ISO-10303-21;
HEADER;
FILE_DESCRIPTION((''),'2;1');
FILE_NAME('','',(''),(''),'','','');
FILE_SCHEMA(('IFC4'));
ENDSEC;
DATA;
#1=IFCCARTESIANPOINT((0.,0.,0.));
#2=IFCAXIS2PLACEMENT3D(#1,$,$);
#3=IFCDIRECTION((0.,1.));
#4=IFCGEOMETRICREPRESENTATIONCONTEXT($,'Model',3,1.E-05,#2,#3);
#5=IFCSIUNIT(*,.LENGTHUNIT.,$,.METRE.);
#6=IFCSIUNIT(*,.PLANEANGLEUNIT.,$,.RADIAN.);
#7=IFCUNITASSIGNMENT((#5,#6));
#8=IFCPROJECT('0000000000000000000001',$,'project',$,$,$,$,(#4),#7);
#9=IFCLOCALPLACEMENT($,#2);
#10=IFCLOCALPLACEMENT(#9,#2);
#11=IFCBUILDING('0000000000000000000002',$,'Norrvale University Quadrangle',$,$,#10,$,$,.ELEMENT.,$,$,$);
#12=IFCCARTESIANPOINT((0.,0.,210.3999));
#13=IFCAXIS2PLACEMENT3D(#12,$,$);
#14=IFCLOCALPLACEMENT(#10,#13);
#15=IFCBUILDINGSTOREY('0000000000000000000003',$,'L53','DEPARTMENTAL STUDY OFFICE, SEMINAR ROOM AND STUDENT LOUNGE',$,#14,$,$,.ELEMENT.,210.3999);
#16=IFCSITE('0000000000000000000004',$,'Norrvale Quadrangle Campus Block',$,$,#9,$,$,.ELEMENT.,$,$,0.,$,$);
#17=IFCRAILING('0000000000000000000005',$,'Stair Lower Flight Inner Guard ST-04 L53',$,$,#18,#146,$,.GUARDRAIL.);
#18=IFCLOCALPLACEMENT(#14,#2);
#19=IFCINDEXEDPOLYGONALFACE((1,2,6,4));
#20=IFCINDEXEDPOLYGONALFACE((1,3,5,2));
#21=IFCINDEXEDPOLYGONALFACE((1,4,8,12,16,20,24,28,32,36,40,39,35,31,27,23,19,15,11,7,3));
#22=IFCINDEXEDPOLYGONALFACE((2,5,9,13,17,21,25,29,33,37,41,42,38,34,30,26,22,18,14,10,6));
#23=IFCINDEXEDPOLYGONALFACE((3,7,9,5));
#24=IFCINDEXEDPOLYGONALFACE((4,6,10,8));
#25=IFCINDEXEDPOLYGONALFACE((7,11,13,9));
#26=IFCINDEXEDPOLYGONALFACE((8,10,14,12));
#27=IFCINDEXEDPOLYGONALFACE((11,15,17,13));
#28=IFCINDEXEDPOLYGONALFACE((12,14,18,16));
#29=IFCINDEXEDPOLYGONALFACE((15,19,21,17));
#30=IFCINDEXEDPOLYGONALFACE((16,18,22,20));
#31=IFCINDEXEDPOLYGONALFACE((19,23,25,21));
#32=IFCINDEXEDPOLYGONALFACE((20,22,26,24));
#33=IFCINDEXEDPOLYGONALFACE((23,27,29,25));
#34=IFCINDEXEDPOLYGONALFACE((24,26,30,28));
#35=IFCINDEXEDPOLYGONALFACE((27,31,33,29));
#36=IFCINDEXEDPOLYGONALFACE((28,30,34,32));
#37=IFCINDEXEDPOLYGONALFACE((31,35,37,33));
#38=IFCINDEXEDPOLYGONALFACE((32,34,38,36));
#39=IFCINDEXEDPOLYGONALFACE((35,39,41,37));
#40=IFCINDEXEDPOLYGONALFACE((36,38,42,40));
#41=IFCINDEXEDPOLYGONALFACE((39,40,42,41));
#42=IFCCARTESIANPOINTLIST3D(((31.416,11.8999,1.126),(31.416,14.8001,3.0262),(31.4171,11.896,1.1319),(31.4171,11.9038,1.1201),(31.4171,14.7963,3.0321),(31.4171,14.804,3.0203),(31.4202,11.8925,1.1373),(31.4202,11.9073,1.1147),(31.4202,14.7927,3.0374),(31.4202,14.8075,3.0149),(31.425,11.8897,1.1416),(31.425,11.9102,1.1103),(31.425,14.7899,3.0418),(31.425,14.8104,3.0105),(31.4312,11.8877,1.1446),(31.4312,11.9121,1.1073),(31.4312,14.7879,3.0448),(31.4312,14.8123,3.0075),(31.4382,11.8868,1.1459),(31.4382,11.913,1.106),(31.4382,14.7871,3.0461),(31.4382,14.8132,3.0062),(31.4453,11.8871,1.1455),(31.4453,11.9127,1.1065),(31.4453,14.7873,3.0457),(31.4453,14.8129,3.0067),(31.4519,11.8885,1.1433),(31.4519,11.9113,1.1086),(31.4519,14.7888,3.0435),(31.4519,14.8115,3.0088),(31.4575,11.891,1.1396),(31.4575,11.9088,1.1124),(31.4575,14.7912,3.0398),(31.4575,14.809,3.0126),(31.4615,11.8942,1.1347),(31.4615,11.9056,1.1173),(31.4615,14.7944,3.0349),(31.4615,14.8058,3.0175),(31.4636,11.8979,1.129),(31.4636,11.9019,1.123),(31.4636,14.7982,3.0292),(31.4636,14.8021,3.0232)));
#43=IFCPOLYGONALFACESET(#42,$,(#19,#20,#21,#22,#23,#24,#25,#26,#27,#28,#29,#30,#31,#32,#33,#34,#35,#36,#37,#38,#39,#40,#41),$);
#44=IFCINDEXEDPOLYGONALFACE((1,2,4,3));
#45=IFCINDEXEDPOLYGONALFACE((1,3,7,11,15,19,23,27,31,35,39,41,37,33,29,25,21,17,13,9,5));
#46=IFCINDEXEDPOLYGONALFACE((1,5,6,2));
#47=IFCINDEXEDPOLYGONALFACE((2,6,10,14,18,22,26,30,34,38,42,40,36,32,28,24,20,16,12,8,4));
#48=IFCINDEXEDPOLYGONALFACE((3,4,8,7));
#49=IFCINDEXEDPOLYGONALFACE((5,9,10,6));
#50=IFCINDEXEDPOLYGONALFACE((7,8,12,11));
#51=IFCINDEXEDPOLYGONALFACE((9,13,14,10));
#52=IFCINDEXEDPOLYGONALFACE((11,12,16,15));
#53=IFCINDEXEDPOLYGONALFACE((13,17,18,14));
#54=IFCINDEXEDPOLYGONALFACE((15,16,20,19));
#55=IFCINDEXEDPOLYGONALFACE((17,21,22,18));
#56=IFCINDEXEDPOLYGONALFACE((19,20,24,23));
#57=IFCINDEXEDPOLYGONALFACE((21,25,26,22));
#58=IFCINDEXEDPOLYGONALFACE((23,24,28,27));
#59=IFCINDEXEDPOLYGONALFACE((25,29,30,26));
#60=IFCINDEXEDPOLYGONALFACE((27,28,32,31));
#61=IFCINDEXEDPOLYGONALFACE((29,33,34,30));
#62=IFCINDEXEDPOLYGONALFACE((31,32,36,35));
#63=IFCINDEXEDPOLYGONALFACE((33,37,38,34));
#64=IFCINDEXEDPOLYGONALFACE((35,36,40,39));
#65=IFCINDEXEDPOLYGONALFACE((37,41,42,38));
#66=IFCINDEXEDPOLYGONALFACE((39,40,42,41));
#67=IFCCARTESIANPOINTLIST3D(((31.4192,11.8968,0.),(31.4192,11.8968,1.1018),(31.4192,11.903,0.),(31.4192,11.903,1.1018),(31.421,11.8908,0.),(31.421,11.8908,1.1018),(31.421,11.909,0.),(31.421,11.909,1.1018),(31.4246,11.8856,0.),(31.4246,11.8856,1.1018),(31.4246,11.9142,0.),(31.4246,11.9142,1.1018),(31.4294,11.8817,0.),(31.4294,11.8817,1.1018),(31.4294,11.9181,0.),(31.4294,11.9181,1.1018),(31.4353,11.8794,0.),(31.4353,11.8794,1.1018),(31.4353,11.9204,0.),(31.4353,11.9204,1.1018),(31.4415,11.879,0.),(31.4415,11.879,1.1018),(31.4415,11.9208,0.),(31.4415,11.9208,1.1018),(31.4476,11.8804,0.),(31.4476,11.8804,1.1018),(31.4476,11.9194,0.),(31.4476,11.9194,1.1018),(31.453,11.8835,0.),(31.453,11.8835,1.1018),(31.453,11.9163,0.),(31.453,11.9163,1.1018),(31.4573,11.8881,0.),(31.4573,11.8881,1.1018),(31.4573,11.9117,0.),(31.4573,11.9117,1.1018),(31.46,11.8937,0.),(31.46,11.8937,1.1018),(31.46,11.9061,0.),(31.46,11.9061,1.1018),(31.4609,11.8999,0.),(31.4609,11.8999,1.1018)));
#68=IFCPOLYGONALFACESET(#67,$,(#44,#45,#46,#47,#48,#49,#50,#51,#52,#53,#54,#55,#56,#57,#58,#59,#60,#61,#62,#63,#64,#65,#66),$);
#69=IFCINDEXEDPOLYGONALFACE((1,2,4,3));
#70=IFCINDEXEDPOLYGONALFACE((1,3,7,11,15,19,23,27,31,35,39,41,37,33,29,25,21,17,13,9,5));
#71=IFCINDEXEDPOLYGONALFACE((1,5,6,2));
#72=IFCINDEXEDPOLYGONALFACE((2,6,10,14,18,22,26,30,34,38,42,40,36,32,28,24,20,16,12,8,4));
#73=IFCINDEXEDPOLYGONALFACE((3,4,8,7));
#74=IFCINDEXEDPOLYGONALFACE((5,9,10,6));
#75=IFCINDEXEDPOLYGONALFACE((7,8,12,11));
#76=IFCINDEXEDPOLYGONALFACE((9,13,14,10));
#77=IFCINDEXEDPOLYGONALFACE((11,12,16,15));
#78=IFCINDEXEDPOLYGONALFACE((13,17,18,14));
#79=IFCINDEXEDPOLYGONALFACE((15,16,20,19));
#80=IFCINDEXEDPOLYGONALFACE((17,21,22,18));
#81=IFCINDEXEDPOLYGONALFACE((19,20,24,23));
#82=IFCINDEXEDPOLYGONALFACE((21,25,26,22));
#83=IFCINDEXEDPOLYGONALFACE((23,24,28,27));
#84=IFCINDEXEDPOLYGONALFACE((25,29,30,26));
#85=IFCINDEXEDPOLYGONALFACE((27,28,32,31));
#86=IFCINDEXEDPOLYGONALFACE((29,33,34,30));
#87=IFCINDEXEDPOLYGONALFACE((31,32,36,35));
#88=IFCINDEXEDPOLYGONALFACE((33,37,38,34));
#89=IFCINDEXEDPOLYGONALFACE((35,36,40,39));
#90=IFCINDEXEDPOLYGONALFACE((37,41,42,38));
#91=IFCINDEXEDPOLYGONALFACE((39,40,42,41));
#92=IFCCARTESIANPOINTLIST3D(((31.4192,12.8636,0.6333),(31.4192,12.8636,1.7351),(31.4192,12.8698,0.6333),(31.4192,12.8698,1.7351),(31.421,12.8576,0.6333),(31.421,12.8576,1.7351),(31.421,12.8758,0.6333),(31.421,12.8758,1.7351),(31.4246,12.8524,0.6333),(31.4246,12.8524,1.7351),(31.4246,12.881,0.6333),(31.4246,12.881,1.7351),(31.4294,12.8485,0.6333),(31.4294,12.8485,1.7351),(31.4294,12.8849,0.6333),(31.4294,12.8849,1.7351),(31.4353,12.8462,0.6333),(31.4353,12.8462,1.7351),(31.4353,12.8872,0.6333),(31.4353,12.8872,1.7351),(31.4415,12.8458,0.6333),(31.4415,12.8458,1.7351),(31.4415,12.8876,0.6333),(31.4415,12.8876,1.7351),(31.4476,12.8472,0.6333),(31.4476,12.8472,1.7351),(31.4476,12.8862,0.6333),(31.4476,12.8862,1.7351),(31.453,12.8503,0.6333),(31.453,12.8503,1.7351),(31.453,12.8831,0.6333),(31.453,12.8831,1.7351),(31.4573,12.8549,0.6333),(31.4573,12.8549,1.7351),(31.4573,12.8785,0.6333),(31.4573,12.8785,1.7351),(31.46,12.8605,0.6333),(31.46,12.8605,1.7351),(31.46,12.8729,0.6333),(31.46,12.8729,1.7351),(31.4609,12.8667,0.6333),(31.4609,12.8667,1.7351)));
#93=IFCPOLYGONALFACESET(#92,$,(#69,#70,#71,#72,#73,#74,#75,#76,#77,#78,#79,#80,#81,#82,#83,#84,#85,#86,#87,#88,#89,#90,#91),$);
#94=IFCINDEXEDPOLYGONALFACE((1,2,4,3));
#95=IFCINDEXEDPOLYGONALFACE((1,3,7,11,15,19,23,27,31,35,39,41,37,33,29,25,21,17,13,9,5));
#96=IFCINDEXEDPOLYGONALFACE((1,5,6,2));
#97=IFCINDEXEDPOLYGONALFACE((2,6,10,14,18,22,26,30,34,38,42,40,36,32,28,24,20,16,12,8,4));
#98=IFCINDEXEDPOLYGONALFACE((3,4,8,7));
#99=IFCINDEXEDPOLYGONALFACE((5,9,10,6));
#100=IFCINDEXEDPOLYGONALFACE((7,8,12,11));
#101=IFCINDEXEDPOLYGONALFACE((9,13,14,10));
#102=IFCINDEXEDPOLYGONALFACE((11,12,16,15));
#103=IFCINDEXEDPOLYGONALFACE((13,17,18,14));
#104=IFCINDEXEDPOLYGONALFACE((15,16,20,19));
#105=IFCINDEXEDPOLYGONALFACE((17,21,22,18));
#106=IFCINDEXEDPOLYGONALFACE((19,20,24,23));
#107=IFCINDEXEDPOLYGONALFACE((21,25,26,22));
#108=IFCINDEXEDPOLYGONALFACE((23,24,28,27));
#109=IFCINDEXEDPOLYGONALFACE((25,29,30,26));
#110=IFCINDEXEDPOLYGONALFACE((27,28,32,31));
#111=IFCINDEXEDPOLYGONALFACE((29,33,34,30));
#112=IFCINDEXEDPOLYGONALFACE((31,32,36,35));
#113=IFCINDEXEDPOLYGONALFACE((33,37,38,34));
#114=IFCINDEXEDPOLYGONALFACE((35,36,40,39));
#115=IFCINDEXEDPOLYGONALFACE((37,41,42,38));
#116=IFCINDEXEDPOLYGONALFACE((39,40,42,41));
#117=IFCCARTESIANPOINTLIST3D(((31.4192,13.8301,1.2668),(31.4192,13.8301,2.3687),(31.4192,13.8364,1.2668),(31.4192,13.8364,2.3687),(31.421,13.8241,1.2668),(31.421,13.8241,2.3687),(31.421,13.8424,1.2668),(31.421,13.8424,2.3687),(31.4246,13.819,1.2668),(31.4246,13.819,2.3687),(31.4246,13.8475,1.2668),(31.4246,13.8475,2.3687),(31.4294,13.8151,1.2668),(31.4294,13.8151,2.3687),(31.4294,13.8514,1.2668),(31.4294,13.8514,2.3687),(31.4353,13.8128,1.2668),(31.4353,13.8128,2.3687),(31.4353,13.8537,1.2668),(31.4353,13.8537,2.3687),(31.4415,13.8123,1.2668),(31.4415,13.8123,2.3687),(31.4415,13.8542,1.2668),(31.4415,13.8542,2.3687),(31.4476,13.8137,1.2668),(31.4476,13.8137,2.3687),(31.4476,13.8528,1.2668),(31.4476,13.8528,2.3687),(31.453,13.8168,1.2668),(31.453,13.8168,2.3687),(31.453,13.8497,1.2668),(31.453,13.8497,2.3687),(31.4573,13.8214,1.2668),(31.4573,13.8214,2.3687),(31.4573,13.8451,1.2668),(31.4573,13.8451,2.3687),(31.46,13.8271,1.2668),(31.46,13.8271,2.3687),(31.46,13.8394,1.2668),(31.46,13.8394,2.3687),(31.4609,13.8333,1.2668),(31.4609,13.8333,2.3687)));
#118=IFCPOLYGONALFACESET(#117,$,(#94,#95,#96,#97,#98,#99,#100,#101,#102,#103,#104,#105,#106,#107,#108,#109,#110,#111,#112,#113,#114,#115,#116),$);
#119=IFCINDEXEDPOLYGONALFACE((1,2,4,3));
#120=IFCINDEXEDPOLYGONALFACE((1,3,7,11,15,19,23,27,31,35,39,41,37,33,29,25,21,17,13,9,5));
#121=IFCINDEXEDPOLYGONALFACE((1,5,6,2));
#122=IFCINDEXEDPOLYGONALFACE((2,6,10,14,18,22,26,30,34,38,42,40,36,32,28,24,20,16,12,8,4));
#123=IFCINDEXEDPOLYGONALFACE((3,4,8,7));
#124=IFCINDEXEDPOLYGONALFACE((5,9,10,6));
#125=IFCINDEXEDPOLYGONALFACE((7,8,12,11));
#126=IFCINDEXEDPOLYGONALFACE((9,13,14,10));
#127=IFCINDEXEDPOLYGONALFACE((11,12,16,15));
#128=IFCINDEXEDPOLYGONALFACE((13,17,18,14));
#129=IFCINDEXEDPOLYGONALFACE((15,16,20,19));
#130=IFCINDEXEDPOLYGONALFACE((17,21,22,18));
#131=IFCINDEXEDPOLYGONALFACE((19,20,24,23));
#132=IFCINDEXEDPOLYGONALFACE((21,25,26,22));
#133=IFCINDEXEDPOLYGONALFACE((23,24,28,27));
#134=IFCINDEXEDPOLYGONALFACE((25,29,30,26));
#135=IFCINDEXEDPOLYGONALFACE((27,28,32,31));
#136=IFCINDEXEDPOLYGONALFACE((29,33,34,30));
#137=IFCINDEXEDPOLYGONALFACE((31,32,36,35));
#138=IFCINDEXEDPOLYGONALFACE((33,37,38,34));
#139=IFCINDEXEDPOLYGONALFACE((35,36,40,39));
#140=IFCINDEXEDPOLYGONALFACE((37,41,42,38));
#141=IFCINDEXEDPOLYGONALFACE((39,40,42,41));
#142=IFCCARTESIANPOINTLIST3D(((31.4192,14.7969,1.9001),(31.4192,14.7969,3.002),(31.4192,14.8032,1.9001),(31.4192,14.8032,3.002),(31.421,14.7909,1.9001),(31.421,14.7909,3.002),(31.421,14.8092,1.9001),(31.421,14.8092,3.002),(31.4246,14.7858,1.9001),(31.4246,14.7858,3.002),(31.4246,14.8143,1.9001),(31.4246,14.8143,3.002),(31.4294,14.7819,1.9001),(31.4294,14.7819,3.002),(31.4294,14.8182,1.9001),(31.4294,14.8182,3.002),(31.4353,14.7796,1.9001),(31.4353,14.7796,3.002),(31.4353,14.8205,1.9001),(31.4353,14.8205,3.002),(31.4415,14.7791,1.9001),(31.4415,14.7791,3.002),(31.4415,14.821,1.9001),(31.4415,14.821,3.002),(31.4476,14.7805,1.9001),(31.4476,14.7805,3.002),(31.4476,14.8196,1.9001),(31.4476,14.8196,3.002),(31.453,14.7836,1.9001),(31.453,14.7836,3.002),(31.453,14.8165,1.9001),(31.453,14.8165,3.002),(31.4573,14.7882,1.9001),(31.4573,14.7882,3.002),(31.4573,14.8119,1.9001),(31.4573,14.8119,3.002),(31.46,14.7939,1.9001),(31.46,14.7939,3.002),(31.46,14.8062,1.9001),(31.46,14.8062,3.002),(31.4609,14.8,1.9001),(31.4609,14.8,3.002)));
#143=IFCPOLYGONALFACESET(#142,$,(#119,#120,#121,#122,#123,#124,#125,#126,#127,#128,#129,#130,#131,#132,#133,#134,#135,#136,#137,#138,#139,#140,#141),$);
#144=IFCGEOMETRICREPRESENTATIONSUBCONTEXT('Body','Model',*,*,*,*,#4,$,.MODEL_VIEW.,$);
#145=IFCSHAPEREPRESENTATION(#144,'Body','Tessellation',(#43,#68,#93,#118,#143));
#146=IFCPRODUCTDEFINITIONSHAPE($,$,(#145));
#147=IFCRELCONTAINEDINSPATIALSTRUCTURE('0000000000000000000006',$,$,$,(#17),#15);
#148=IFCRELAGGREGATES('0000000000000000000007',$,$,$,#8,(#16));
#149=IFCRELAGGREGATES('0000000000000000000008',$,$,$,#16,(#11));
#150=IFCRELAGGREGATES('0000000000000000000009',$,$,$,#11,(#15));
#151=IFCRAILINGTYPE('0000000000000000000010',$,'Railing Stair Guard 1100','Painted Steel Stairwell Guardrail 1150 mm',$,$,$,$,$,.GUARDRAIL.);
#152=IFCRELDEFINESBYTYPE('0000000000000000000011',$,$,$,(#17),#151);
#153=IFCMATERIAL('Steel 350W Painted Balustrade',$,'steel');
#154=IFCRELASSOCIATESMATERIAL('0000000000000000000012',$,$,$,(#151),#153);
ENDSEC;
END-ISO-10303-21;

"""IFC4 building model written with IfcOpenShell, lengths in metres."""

from ifc_helpers import new_model, si_unit, direction, frame, origin, origin_2d, place, context, subcontext, project, spatial, circle, extrude, material, type_object, element, save


model = new_model("IFC4")

# Units and contexts
model_context = context("Model", 3, precision=1e-05, world=origin(), true_north=direction((0.0, 1.0)))
body_context = subcontext(model_context, "Body", "Model", "MODEL_VIEW")
ifc_project = project(units=[si_unit("LENGTHUNIT", "METRE"), si_unit("PLANEANGLEUNIT", "RADIAN")], contexts=[model_context])

# Site, building, storey
site_placement = place(None, origin())
site = spatial("IfcSite", under=ifc_project, at=site_placement, Name="Norrvale Quadrangle Campus Block", CompositionType="ELEMENT", RefElevation=0.0)
building_placement = place(site_placement, origin())
building = spatial("IfcBuilding", under=site, at=building_placement, Name="Norrvale University Quadrangle", CompositionType="ELEMENT")
storey_placement = place(building_placement, frame((0.0, 0.0, 210.3999)))
storey = spatial("IfcBuildingStorey", under=building, at=storey_placement, Name="L53", Description="DEPARTMENTAL STUDY OFFICE, SEMINAR ROOM AND STUDENT LOUNGE", CompositionType="ELEMENT", Elevation=210.3999)

# Railing
ifc_material_1 = material(Name="Steel 350W Painted Balustrade", Category="steel")
railing_type_1 = type_object("IfcRailingType", Name="Railing Stair Guard 1100", Description="Painted Steel Stairwell Guardrail 1150 mm", PredefinedType="GUARDRAIL", material=ifc_material_1)
railing_1_placement = place(storey_placement, frame((31.4399, 11.8999, 0.0)))
element("IfcRailing", 1, at=railing_1_placement, inside=storey, type_object=railing_type_1, Name="Stair Lower Flight Inner Guard ST-04 L53", PredefinedType="GUARDRAIL", context=body_context, shape_type="SweptSolid", body=[
    extrude(circle(Radius=0.0239, at=origin_2d()), frame((0.0, 0.0, 1.126), z_axis=(0.0, 0.836454, 0.548036), x_axis=(-1.0, 0.0, 0.0)), (0.0, 0.0, 1.0), 3.4673),
    extrude(circle(Radius=0.021, at=origin_2d()), origin(), (0.0, 0.0, 1.0), 1.1018),
    extrude(circle(Radius=0.021, at=origin_2d()), frame((0.0, 0.9668, 0.6333)), (0.0, 0.0, 1.0), 1.1018),
    extrude(circle(Radius=0.021, at=origin_2d()), frame((0.0, 1.9333, 1.2668)), (0.0, 0.0, 1.0), 1.1018),
    extrude(circle(Radius=0.021, at=origin_2d()), frame((0.0, 2.9001, 1.9001)), (0.0, 0.0, 1.0), 1.1018),
])

save(model, "model.ifc")
